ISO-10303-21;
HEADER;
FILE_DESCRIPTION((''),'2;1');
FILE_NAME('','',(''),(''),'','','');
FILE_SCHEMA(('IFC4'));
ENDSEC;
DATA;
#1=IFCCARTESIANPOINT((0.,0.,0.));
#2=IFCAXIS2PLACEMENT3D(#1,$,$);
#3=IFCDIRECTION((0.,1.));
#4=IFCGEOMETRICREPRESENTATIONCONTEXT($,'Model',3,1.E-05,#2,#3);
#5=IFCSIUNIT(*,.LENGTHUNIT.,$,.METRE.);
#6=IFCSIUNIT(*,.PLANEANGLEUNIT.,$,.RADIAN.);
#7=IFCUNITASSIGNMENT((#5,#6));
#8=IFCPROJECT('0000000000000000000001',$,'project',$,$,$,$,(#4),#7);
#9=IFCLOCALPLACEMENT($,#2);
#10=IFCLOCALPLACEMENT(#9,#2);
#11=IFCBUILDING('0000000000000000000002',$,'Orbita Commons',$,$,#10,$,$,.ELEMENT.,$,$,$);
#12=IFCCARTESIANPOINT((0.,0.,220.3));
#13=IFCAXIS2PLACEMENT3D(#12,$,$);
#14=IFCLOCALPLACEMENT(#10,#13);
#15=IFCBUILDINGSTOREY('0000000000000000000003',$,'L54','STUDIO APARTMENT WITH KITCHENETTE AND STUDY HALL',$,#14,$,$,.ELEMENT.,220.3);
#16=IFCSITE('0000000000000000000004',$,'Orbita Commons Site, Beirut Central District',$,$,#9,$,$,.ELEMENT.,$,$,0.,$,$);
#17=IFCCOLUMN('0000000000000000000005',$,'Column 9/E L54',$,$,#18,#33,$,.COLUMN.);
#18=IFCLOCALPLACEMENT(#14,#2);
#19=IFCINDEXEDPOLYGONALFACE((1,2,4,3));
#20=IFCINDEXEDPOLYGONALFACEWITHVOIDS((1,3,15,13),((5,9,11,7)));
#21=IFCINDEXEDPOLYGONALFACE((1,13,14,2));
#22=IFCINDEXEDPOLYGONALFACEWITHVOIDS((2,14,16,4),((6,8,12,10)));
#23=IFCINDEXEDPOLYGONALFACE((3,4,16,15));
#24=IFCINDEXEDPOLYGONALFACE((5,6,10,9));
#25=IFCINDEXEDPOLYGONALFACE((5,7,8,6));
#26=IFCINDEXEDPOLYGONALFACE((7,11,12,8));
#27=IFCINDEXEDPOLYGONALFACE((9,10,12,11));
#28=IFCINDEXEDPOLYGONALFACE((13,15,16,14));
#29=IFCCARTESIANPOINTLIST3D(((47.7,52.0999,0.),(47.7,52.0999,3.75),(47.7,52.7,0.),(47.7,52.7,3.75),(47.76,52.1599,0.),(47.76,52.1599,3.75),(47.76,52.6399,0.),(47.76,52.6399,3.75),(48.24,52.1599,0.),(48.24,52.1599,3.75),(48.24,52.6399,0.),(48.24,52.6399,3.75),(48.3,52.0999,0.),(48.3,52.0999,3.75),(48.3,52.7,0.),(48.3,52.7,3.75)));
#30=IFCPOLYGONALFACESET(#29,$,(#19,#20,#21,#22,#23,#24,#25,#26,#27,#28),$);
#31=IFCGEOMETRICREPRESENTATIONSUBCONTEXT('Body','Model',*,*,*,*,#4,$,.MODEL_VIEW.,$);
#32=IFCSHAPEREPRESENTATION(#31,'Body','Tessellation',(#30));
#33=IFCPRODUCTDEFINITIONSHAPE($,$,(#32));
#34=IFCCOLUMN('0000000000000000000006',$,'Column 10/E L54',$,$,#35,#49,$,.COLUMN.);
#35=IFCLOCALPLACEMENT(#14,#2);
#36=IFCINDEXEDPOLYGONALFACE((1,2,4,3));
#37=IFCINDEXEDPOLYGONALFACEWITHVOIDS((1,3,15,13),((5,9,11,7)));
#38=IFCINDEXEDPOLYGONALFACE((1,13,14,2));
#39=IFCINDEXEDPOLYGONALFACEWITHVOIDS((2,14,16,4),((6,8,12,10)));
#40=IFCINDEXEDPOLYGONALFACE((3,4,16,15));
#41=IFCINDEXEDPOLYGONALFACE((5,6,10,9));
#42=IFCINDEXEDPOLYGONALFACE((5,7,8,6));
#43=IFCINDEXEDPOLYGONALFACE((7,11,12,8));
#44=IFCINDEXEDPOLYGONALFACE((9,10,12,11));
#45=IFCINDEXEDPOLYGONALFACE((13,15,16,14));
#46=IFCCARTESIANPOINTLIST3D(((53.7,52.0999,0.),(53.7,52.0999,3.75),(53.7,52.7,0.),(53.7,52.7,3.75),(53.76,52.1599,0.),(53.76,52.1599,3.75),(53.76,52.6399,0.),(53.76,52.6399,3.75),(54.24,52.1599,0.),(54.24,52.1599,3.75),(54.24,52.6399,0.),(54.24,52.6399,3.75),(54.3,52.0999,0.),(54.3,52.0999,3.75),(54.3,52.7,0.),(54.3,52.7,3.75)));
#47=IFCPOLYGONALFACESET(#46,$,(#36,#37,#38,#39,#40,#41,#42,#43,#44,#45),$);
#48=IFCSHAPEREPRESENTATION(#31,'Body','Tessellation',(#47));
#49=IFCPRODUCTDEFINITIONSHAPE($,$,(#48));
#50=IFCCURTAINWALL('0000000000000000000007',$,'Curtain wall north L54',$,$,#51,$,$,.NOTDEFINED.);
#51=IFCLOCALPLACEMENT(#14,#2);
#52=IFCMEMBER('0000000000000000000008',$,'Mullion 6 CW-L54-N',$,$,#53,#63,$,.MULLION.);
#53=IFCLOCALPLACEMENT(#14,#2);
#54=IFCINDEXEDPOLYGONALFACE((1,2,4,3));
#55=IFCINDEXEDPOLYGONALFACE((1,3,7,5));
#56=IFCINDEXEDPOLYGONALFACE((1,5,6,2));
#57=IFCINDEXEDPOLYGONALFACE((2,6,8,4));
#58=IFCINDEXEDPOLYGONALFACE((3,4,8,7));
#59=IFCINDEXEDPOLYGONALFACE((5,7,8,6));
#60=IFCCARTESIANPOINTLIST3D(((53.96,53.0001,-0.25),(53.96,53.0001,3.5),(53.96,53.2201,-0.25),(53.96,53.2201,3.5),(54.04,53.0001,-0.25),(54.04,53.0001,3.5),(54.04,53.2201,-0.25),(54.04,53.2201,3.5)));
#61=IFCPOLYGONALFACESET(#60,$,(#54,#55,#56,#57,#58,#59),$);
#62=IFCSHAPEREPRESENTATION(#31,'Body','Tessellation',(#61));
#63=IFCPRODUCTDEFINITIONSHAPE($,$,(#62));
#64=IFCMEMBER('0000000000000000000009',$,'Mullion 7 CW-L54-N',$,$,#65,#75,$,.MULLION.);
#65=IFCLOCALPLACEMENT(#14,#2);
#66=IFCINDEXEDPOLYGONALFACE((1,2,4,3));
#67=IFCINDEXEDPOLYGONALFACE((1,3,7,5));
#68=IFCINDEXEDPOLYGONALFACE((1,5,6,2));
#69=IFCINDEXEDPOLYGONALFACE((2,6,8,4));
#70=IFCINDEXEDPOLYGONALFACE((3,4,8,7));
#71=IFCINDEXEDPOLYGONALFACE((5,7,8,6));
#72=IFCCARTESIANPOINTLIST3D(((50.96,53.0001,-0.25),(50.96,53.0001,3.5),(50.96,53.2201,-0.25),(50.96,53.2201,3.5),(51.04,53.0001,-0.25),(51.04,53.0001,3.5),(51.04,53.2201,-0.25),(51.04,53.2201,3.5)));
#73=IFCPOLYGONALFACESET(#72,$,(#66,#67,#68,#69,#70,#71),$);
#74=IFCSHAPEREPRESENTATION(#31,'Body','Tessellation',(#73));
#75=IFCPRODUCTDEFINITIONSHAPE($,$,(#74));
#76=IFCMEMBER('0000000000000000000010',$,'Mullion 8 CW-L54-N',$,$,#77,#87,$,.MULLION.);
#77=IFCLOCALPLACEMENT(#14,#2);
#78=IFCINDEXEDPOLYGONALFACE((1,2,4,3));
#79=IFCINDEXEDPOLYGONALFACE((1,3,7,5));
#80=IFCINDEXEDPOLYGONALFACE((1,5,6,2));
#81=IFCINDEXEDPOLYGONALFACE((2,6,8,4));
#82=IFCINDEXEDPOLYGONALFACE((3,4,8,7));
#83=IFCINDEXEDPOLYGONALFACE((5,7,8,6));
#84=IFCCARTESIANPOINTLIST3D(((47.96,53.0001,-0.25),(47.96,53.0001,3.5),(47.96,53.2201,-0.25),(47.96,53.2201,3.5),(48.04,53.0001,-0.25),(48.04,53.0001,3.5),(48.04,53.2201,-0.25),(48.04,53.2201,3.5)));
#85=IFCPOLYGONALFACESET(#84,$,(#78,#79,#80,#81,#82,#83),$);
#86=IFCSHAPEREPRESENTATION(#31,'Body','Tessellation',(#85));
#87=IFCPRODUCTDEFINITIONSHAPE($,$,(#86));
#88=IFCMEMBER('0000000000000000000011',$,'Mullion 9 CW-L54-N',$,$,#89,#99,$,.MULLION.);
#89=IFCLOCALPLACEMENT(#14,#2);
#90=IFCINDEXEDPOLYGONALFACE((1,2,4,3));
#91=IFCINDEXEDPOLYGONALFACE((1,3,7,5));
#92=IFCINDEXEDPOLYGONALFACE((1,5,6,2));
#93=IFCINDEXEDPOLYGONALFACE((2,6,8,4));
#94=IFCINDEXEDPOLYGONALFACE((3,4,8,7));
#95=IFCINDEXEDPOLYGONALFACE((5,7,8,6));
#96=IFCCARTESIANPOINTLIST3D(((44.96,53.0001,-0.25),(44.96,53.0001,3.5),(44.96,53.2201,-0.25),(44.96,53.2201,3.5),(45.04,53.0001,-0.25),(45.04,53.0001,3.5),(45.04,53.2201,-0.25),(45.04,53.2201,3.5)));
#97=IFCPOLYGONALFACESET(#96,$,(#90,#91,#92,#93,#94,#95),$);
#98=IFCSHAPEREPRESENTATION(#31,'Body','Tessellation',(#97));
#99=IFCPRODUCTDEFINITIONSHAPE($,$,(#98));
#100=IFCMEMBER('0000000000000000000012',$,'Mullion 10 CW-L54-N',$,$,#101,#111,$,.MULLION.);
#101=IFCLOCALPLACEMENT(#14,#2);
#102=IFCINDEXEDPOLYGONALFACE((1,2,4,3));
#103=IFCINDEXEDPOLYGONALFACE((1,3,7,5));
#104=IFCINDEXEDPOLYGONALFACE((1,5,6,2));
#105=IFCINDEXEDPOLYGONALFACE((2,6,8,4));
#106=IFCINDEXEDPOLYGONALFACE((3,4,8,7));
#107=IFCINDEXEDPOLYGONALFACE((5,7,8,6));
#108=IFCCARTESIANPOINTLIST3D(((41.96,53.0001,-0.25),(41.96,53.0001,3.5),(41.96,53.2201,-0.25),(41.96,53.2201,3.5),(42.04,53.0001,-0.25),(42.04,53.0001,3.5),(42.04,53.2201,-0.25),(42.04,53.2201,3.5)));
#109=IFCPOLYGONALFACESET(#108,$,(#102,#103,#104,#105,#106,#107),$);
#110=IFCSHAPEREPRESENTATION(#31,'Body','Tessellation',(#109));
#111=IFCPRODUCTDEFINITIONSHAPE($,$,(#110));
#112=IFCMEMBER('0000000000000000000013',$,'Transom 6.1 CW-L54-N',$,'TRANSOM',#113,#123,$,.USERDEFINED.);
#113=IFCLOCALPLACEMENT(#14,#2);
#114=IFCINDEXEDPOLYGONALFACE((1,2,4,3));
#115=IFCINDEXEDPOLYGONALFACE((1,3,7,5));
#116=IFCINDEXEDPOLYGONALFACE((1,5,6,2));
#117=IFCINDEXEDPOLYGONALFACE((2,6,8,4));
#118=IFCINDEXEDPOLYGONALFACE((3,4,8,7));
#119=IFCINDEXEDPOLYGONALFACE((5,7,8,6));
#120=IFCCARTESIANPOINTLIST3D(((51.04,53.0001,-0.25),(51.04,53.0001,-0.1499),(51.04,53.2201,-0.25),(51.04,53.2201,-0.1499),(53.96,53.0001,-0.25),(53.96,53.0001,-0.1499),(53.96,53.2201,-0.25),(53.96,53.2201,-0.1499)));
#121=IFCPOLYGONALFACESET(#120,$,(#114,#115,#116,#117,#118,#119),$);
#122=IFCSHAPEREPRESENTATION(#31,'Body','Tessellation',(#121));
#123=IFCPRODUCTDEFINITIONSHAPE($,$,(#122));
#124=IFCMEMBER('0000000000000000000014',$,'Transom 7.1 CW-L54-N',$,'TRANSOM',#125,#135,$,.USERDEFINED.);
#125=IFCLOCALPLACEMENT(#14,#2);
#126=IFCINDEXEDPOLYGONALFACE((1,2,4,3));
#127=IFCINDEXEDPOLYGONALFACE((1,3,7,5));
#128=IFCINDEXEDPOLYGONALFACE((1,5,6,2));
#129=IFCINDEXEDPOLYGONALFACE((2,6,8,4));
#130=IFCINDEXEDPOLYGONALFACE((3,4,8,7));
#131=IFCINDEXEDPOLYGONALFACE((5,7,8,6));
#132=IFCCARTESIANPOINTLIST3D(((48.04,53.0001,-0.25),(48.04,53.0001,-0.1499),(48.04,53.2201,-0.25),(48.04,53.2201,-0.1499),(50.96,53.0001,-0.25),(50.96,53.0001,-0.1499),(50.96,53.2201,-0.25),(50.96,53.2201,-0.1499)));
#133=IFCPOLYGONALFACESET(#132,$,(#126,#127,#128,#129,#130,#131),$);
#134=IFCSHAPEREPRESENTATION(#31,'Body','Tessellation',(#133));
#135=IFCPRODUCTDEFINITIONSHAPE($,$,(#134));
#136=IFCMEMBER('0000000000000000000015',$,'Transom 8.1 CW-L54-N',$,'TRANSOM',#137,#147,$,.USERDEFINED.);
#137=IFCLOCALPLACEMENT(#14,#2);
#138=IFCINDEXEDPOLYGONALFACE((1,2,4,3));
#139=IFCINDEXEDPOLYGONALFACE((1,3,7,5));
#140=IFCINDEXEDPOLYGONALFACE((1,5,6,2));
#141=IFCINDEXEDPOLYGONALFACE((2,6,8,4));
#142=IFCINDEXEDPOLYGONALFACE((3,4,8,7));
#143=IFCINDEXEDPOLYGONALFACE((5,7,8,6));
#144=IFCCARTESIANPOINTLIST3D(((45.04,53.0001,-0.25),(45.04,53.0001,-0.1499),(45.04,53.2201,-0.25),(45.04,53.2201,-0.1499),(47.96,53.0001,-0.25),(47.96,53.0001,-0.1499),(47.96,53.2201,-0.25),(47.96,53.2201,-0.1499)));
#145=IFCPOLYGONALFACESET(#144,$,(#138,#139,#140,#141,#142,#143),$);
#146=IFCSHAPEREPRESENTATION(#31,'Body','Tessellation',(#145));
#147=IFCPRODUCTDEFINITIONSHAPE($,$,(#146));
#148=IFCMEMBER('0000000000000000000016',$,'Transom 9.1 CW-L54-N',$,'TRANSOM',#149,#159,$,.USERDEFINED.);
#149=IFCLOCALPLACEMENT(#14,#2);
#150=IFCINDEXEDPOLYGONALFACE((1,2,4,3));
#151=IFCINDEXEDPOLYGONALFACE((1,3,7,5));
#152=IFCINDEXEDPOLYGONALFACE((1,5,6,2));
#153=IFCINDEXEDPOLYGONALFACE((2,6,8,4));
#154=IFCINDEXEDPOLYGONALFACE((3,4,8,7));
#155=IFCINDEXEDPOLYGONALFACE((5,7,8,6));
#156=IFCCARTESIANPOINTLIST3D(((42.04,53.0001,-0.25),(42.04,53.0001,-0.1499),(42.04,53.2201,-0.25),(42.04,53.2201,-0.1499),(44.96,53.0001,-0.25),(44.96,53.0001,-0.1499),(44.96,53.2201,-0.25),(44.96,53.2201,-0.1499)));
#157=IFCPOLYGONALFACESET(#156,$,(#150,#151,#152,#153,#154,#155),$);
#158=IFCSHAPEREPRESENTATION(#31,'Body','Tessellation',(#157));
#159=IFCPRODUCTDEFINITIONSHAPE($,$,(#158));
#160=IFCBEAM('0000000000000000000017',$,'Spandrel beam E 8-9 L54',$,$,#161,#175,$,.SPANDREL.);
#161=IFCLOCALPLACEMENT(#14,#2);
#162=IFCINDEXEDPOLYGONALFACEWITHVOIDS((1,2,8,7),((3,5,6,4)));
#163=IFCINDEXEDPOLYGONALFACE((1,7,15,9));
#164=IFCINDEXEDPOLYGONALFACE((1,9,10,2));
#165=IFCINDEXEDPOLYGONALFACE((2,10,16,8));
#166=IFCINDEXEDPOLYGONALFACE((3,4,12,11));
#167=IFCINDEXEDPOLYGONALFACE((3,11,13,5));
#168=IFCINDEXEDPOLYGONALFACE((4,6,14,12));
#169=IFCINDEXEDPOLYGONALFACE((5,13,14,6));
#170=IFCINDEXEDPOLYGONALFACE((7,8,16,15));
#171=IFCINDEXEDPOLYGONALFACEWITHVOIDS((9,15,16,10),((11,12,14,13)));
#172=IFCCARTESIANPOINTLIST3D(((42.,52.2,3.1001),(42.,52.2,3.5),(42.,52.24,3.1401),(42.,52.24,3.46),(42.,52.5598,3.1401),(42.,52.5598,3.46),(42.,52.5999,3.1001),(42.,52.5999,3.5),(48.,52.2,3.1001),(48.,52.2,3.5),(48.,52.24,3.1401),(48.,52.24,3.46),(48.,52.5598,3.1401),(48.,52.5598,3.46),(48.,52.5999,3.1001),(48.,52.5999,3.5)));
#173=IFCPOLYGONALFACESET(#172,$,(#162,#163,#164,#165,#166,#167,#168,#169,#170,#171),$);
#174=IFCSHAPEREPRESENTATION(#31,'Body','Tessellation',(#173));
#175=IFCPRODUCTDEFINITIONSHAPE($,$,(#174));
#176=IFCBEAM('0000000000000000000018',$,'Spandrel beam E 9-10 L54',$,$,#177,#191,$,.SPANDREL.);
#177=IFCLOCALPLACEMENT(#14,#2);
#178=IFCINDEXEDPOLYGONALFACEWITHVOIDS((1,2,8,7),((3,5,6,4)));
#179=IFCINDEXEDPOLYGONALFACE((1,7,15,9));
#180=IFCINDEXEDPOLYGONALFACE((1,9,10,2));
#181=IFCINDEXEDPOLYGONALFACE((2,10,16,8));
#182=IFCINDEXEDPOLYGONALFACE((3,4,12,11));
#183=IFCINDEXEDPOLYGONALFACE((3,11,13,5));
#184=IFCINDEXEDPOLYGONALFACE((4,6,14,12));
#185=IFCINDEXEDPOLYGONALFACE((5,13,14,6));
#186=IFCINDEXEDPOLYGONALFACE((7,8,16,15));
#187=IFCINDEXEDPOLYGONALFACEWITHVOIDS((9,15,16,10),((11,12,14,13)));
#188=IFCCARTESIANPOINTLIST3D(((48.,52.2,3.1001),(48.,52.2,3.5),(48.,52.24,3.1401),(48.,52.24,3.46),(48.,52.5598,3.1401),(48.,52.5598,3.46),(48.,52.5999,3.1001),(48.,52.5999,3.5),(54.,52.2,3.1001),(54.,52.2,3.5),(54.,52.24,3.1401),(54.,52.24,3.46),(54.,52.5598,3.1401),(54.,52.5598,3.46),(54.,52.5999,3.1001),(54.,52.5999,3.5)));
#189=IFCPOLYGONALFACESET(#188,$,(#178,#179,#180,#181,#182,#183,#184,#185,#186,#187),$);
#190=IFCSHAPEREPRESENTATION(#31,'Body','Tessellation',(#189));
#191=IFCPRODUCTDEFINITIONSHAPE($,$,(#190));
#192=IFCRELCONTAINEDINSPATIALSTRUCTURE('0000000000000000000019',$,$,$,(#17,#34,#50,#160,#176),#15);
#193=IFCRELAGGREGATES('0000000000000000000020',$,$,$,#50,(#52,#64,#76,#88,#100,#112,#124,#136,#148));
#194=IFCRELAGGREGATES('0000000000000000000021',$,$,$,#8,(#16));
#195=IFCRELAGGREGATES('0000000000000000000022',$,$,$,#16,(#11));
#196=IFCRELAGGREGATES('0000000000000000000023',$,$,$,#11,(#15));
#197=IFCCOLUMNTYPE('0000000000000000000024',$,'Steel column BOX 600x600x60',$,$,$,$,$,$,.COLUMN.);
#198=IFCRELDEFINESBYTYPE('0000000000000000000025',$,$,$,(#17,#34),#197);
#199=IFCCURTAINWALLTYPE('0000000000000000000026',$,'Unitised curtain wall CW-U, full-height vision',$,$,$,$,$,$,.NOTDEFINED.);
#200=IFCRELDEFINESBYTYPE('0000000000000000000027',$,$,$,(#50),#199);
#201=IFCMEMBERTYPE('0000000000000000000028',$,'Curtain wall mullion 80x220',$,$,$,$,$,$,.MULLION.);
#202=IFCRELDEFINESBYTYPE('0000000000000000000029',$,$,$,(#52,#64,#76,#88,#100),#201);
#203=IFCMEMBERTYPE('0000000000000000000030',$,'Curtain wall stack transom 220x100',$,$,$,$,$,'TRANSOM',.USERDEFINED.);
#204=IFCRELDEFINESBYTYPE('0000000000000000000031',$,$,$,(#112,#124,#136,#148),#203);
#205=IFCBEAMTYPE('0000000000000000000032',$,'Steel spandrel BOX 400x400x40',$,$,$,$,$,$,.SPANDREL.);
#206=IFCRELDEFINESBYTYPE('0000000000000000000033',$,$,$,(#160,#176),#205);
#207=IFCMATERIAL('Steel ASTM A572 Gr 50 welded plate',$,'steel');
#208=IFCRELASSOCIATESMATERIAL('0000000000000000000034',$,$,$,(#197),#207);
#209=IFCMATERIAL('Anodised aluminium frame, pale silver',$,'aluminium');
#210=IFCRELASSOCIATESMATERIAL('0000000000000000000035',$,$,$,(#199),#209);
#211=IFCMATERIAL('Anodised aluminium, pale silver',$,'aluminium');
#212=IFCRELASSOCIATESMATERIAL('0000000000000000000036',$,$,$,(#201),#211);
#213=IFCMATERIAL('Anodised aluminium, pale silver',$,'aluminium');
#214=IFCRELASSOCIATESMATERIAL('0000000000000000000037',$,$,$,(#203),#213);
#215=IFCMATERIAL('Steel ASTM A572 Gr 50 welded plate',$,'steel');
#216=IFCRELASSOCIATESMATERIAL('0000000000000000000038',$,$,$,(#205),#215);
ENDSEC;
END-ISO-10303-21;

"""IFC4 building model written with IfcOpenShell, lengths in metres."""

from ifc_helpers import new_model, si_unit, direction, frame, origin, origin_2d, place, context, subcontext, project, spatial, rectangle, hollow_rectangle, extrude, material, material_profile, profile_set, type_object, element, aggregate, save


model = new_model("IFC4")

# Units and contexts
model_context = context("Model", 3, precision=1e-05, world=origin(), true_north=direction((0.0, 1.0)))
body_context = subcontext(model_context, "Body", "Model", "MODEL_VIEW")
ifc_project = project(units=[si_unit("LENGTHUNIT", "METRE"), si_unit("PLANEANGLEUNIT", "RADIAN")], contexts=[model_context])

# Site, building, storey
site_placement = place(None, origin())
site = spatial("IfcSite", under=ifc_project, at=site_placement, Name="Orbita Commons Site, Beirut Central District", CompositionType="ELEMENT", RefElevation=0.0)
building_placement = place(site_placement, origin())
building = spatial("IfcBuilding", under=site, at=building_placement, Name="Orbita Commons", CompositionType="ELEMENT")
storey_placement = place(building_placement, frame((0.0, 0.0, 220.3)))
storey = spatial("IfcBuildingStorey", under=building, at=storey_placement, Name="L54", Description="STUDIO APARTMENT WITH KITCHENETTE AND STUDY HALL", CompositionType="ELEMENT", Elevation=220.3)

# Columns
ifc_material_1 = material(Name="Steel ASTM A572 Gr 50 welded plate", Category="steel")
ifc_material_profile_1 = material_profile(ifc_material_1, hollow_rectangle(XDim=0.6001, YDim=0.6001, WallThickness=0.0601, at=origin_2d()), Name="BOX 600x600x60")
ifc_profile_set_1 = profile_set([ifc_material_profile_1], Name="Steel ASTM A572 Gr 50 welded plate")
column_type = type_object("IfcColumnType", Name="Steel column BOX 600x600x60", PredefinedType="COLUMN", material=ifc_profile_set_1)
for number, where, z_axis, x_axis, name in (
    (1, (48.0, 52.3999, 0.0), (0.0, 0.0, 1.0), (1.0, 0.0, 0.0), "Column 9/E L54"),
    (2, (54.0, 52.3999, 0.0), (0.0, 0.0, 1.0), (1.0, 0.0, 0.0), "Column 10/E L54"),
):
    element("IfcColumn", number, at=place(storey_placement, frame(where, z_axis=z_axis, x_axis=x_axis)), inside=storey, type_object=column_type, Name=name, PredefinedType="COLUMN", context=body_context, shape_type="SweptSolid", body=[
        extrude(hollow_rectangle(XDim=0.6001, YDim=0.6001, WallThickness=0.0601, at=origin_2d()), origin(), (0.0, 0.0, 1.0), 3.75),
    ])

# Curtain wall, members
ifc_material_2 = material(Name="Anodised aluminium frame, pale silver", Category="aluminium")
curtain_wall_type = type_object("IfcCurtainWallType", Name="Unitised curtain wall CW-U, full-height vision", PredefinedType="NOTDEFINED", material=ifc_material_2)
curtain_wall_placement = place(storey_placement, origin())
curtain_wall = element("IfcCurtainWall", 3, at=curtain_wall_placement, inside=storey, type_object=curtain_wall_type, Name="Curtain wall north L54", PredefinedType="NOTDEFINED")
ifc_material_3 = material(Name="Anodised aluminium, pale silver", Category="aluminium")
ifc_material_profile_2 = material_profile(ifc_material_3, rectangle(XDim=0.0801, YDim=0.22, at=origin_2d()), Name="AL 80x220")
ifc_profile_set_2 = profile_set([ifc_material_profile_2], Name="Anodised aluminium, pale silver")
member_type_1 = type_object("IfcMemberType", Name="Curtain wall mullion 80x220", PredefinedType="MULLION", material=ifc_profile_set_2)
member_1_placement = place(storey_placement, frame((54.0, 53.1101, -0.25), z_axis=(0.0, 0.0, 1.0), x_axis=(-1.0, 0.0, 0.0)))
member_1 = element("IfcMember", 4, at=member_1_placement, type_object=member_type_1, Name="Mullion 6 CW-L54-N", PredefinedType="MULLION", context=body_context, shape_type="SweptSolid", body=[
    extrude(rectangle(XDim=0.0801, YDim=0.22, at=origin_2d()), origin(), (0.0, 0.0, 1.0), 3.75),
])
member_2_placement = place(storey_placement, frame((51.0, 53.1101, -0.25), z_axis=(0.0, 0.0, 1.0), x_axis=(-1.0, 0.0, 0.0)))
member_2 = element("IfcMember", 5, at=member_2_placement, type_object=member_type_1, Name="Mullion 7 CW-L54-N", PredefinedType="MULLION", context=body_context, shape_type="SweptSolid", body=[
    extrude(rectangle(XDim=0.0801, YDim=0.22, at=origin_2d()), origin(), (0.0, 0.0, 1.0), 3.75),
])
member_3_placement = place(storey_placement, frame((48.0, 53.1101, -0.25), z_axis=(0.0, 0.0, 1.0), x_axis=(-1.0, 0.0, 0.0)))
member_3 = element("IfcMember", 6, at=member_3_placement, type_object=member_type_1, Name="Mullion 8 CW-L54-N", PredefinedType="MULLION", context=body_context, shape_type="SweptSolid", body=[
    extrude(rectangle(XDim=0.0801, YDim=0.22, at=origin_2d()), origin(), (0.0, 0.0, 1.0), 3.75),
])
member_4_placement = place(storey_placement, frame((45.0, 53.1101, -0.25), z_axis=(0.0, 0.0, 1.0), x_axis=(-1.0, 0.0, 0.0)))
member_4 = element("IfcMember", 7, at=member_4_placement, type_object=member_type_1, Name="Mullion 9 CW-L54-N", PredefinedType="MULLION", context=body_context, shape_type="SweptSolid", body=[
    extrude(rectangle(XDim=0.0801, YDim=0.22, at=origin_2d()), origin(), (0.0, 0.0, 1.0), 3.75),
])
member_5_placement = place(storey_placement, frame((42.0, 53.1101, -0.25), z_axis=(0.0, 0.0, 1.0), x_axis=(-1.0, 0.0, 0.0)))
member_5 = element("IfcMember", 8, at=member_5_placement, type_object=member_type_1, Name="Mullion 10 CW-L54-N", PredefinedType="MULLION", context=body_context, shape_type="SweptSolid", body=[
    extrude(rectangle(XDim=0.0801, YDim=0.22, at=origin_2d()), origin(), (0.0, 0.0, 1.0), 3.75),
])
ifc_material_4 = material(Name="Anodised aluminium, pale silver", Category="aluminium")
ifc_material_profile_3 = material_profile(ifc_material_4, rectangle(XDim=0.22, YDim=0.1001, at=origin_2d()), Name="AL 220x100")
ifc_profile_set_3 = profile_set([ifc_material_profile_3], Name="Anodised aluminium, pale silver")
member_type_2 = type_object("IfcMemberType", Name="Curtain wall stack transom 220x100", ElementType="TRANSOM", PredefinedType="USERDEFINED", material=ifc_profile_set_3)
member_6_placement = place(storey_placement, frame((53.96, 53.1101, -0.2), z_axis=(-1.0, 0.0, 0.0), x_axis=(0.0, -1.0, 0.0)))
member_6 = element("IfcMember", 9, at=member_6_placement, type_object=member_type_2, Name="Transom 6.1 CW-L54-N", ObjectType="TRANSOM", PredefinedType="USERDEFINED", context=body_context, shape_type="SweptSolid", body=[
    extrude(rectangle(XDim=0.22, YDim=0.1001, at=origin_2d()), origin(), (0.0, 0.0, 1.0), 2.9199),
])
member_7_placement = place(storey_placement, frame((50.96, 53.1101, -0.2), z_axis=(-1.0, 0.0, 0.0), x_axis=(0.0, -1.0, 0.0)))
member_7 = element("IfcMember", 10, at=member_7_placement, type_object=member_type_2, Name="Transom 7.1 CW-L54-N", ObjectType="TRANSOM", PredefinedType="USERDEFINED", context=body_context, shape_type="SweptSolid", body=[
    extrude(rectangle(XDim=0.22, YDim=0.1001, at=origin_2d()), origin(), (0.0, 0.0, 1.0), 2.9199),
])
member_8_placement = place(storey_placement, frame((47.96, 53.1101, -0.2), z_axis=(-1.0, 0.0, 0.0), x_axis=(0.0, -1.0, 0.0)))
member_8 = element("IfcMember", 11, at=member_8_placement, type_object=member_type_2, Name="Transom 8.1 CW-L54-N", ObjectType="TRANSOM", PredefinedType="USERDEFINED", context=body_context, shape_type="SweptSolid", body=[
    extrude(rectangle(XDim=0.22, YDim=0.1001, at=origin_2d()), origin(), (0.0, 0.0, 1.0), 2.9199),
])
member_9_placement = place(storey_placement, frame((44.96, 53.1101, -0.2), z_axis=(-1.0, 0.0, 0.0), x_axis=(0.0, -1.0, 0.0)))
member_9 = element("IfcMember", 12, at=member_9_placement, type_object=member_type_2, Name="Transom 9.1 CW-L54-N", ObjectType="TRANSOM", PredefinedType="USERDEFINED", context=body_context, shape_type="SweptSolid", body=[
    extrude(rectangle(XDim=0.22, YDim=0.1001, at=origin_2d()), origin(), (0.0, 0.0, 1.0), 2.9199),
])

# Beams
ifc_material_5 = material(Name="Steel ASTM A572 Gr 50 welded plate", Category="steel")
ifc_material_profile_4 = material_profile(ifc_material_5, hollow_rectangle(XDim=0.3999, YDim=0.3999, WallThickness=0.04, at=origin_2d()), Name="BOX 400x400x40")
ifc_profile_set_4 = profile_set([ifc_material_profile_4], Name="Steel ASTM A572 Gr 50 welded plate")
beam_type = type_object("IfcBeamType", Name="Steel spandrel BOX 400x400x40", PredefinedType="SPANDREL", material=ifc_profile_set_4)
for number, where, z_axis, x_axis, name in (
    (13, (42.0, 52.3999, 3.3), (1.0, 0.0, 0.0), (0.0, 1.0, 0.0), "Spandrel beam E 8-9 L54"),
    (14, (48.0, 52.3999, 3.3), (1.0, 0.0, 0.0), (0.0, 1.0, 0.0), "Spandrel beam E 9-10 L54"),
):
    element("IfcBeam", number, at=place(storey_placement, frame(where, z_axis=z_axis, x_axis=x_axis)), inside=storey, type_object=beam_type, Name=name, PredefinedType="SPANDREL", context=body_context, shape_type="SweptSolid", body=[
        extrude(hollow_rectangle(XDim=0.3999, YDim=0.3999, WallThickness=0.04, at=origin_2d()), origin(), (0.0, 0.0, 1.0), 6.0),
    ])

aggregate(curtain_wall, [member_1, member_2, member_3, member_4, member_5, member_6, member_7, member_8, member_9])

save(model, "model.ifc")
